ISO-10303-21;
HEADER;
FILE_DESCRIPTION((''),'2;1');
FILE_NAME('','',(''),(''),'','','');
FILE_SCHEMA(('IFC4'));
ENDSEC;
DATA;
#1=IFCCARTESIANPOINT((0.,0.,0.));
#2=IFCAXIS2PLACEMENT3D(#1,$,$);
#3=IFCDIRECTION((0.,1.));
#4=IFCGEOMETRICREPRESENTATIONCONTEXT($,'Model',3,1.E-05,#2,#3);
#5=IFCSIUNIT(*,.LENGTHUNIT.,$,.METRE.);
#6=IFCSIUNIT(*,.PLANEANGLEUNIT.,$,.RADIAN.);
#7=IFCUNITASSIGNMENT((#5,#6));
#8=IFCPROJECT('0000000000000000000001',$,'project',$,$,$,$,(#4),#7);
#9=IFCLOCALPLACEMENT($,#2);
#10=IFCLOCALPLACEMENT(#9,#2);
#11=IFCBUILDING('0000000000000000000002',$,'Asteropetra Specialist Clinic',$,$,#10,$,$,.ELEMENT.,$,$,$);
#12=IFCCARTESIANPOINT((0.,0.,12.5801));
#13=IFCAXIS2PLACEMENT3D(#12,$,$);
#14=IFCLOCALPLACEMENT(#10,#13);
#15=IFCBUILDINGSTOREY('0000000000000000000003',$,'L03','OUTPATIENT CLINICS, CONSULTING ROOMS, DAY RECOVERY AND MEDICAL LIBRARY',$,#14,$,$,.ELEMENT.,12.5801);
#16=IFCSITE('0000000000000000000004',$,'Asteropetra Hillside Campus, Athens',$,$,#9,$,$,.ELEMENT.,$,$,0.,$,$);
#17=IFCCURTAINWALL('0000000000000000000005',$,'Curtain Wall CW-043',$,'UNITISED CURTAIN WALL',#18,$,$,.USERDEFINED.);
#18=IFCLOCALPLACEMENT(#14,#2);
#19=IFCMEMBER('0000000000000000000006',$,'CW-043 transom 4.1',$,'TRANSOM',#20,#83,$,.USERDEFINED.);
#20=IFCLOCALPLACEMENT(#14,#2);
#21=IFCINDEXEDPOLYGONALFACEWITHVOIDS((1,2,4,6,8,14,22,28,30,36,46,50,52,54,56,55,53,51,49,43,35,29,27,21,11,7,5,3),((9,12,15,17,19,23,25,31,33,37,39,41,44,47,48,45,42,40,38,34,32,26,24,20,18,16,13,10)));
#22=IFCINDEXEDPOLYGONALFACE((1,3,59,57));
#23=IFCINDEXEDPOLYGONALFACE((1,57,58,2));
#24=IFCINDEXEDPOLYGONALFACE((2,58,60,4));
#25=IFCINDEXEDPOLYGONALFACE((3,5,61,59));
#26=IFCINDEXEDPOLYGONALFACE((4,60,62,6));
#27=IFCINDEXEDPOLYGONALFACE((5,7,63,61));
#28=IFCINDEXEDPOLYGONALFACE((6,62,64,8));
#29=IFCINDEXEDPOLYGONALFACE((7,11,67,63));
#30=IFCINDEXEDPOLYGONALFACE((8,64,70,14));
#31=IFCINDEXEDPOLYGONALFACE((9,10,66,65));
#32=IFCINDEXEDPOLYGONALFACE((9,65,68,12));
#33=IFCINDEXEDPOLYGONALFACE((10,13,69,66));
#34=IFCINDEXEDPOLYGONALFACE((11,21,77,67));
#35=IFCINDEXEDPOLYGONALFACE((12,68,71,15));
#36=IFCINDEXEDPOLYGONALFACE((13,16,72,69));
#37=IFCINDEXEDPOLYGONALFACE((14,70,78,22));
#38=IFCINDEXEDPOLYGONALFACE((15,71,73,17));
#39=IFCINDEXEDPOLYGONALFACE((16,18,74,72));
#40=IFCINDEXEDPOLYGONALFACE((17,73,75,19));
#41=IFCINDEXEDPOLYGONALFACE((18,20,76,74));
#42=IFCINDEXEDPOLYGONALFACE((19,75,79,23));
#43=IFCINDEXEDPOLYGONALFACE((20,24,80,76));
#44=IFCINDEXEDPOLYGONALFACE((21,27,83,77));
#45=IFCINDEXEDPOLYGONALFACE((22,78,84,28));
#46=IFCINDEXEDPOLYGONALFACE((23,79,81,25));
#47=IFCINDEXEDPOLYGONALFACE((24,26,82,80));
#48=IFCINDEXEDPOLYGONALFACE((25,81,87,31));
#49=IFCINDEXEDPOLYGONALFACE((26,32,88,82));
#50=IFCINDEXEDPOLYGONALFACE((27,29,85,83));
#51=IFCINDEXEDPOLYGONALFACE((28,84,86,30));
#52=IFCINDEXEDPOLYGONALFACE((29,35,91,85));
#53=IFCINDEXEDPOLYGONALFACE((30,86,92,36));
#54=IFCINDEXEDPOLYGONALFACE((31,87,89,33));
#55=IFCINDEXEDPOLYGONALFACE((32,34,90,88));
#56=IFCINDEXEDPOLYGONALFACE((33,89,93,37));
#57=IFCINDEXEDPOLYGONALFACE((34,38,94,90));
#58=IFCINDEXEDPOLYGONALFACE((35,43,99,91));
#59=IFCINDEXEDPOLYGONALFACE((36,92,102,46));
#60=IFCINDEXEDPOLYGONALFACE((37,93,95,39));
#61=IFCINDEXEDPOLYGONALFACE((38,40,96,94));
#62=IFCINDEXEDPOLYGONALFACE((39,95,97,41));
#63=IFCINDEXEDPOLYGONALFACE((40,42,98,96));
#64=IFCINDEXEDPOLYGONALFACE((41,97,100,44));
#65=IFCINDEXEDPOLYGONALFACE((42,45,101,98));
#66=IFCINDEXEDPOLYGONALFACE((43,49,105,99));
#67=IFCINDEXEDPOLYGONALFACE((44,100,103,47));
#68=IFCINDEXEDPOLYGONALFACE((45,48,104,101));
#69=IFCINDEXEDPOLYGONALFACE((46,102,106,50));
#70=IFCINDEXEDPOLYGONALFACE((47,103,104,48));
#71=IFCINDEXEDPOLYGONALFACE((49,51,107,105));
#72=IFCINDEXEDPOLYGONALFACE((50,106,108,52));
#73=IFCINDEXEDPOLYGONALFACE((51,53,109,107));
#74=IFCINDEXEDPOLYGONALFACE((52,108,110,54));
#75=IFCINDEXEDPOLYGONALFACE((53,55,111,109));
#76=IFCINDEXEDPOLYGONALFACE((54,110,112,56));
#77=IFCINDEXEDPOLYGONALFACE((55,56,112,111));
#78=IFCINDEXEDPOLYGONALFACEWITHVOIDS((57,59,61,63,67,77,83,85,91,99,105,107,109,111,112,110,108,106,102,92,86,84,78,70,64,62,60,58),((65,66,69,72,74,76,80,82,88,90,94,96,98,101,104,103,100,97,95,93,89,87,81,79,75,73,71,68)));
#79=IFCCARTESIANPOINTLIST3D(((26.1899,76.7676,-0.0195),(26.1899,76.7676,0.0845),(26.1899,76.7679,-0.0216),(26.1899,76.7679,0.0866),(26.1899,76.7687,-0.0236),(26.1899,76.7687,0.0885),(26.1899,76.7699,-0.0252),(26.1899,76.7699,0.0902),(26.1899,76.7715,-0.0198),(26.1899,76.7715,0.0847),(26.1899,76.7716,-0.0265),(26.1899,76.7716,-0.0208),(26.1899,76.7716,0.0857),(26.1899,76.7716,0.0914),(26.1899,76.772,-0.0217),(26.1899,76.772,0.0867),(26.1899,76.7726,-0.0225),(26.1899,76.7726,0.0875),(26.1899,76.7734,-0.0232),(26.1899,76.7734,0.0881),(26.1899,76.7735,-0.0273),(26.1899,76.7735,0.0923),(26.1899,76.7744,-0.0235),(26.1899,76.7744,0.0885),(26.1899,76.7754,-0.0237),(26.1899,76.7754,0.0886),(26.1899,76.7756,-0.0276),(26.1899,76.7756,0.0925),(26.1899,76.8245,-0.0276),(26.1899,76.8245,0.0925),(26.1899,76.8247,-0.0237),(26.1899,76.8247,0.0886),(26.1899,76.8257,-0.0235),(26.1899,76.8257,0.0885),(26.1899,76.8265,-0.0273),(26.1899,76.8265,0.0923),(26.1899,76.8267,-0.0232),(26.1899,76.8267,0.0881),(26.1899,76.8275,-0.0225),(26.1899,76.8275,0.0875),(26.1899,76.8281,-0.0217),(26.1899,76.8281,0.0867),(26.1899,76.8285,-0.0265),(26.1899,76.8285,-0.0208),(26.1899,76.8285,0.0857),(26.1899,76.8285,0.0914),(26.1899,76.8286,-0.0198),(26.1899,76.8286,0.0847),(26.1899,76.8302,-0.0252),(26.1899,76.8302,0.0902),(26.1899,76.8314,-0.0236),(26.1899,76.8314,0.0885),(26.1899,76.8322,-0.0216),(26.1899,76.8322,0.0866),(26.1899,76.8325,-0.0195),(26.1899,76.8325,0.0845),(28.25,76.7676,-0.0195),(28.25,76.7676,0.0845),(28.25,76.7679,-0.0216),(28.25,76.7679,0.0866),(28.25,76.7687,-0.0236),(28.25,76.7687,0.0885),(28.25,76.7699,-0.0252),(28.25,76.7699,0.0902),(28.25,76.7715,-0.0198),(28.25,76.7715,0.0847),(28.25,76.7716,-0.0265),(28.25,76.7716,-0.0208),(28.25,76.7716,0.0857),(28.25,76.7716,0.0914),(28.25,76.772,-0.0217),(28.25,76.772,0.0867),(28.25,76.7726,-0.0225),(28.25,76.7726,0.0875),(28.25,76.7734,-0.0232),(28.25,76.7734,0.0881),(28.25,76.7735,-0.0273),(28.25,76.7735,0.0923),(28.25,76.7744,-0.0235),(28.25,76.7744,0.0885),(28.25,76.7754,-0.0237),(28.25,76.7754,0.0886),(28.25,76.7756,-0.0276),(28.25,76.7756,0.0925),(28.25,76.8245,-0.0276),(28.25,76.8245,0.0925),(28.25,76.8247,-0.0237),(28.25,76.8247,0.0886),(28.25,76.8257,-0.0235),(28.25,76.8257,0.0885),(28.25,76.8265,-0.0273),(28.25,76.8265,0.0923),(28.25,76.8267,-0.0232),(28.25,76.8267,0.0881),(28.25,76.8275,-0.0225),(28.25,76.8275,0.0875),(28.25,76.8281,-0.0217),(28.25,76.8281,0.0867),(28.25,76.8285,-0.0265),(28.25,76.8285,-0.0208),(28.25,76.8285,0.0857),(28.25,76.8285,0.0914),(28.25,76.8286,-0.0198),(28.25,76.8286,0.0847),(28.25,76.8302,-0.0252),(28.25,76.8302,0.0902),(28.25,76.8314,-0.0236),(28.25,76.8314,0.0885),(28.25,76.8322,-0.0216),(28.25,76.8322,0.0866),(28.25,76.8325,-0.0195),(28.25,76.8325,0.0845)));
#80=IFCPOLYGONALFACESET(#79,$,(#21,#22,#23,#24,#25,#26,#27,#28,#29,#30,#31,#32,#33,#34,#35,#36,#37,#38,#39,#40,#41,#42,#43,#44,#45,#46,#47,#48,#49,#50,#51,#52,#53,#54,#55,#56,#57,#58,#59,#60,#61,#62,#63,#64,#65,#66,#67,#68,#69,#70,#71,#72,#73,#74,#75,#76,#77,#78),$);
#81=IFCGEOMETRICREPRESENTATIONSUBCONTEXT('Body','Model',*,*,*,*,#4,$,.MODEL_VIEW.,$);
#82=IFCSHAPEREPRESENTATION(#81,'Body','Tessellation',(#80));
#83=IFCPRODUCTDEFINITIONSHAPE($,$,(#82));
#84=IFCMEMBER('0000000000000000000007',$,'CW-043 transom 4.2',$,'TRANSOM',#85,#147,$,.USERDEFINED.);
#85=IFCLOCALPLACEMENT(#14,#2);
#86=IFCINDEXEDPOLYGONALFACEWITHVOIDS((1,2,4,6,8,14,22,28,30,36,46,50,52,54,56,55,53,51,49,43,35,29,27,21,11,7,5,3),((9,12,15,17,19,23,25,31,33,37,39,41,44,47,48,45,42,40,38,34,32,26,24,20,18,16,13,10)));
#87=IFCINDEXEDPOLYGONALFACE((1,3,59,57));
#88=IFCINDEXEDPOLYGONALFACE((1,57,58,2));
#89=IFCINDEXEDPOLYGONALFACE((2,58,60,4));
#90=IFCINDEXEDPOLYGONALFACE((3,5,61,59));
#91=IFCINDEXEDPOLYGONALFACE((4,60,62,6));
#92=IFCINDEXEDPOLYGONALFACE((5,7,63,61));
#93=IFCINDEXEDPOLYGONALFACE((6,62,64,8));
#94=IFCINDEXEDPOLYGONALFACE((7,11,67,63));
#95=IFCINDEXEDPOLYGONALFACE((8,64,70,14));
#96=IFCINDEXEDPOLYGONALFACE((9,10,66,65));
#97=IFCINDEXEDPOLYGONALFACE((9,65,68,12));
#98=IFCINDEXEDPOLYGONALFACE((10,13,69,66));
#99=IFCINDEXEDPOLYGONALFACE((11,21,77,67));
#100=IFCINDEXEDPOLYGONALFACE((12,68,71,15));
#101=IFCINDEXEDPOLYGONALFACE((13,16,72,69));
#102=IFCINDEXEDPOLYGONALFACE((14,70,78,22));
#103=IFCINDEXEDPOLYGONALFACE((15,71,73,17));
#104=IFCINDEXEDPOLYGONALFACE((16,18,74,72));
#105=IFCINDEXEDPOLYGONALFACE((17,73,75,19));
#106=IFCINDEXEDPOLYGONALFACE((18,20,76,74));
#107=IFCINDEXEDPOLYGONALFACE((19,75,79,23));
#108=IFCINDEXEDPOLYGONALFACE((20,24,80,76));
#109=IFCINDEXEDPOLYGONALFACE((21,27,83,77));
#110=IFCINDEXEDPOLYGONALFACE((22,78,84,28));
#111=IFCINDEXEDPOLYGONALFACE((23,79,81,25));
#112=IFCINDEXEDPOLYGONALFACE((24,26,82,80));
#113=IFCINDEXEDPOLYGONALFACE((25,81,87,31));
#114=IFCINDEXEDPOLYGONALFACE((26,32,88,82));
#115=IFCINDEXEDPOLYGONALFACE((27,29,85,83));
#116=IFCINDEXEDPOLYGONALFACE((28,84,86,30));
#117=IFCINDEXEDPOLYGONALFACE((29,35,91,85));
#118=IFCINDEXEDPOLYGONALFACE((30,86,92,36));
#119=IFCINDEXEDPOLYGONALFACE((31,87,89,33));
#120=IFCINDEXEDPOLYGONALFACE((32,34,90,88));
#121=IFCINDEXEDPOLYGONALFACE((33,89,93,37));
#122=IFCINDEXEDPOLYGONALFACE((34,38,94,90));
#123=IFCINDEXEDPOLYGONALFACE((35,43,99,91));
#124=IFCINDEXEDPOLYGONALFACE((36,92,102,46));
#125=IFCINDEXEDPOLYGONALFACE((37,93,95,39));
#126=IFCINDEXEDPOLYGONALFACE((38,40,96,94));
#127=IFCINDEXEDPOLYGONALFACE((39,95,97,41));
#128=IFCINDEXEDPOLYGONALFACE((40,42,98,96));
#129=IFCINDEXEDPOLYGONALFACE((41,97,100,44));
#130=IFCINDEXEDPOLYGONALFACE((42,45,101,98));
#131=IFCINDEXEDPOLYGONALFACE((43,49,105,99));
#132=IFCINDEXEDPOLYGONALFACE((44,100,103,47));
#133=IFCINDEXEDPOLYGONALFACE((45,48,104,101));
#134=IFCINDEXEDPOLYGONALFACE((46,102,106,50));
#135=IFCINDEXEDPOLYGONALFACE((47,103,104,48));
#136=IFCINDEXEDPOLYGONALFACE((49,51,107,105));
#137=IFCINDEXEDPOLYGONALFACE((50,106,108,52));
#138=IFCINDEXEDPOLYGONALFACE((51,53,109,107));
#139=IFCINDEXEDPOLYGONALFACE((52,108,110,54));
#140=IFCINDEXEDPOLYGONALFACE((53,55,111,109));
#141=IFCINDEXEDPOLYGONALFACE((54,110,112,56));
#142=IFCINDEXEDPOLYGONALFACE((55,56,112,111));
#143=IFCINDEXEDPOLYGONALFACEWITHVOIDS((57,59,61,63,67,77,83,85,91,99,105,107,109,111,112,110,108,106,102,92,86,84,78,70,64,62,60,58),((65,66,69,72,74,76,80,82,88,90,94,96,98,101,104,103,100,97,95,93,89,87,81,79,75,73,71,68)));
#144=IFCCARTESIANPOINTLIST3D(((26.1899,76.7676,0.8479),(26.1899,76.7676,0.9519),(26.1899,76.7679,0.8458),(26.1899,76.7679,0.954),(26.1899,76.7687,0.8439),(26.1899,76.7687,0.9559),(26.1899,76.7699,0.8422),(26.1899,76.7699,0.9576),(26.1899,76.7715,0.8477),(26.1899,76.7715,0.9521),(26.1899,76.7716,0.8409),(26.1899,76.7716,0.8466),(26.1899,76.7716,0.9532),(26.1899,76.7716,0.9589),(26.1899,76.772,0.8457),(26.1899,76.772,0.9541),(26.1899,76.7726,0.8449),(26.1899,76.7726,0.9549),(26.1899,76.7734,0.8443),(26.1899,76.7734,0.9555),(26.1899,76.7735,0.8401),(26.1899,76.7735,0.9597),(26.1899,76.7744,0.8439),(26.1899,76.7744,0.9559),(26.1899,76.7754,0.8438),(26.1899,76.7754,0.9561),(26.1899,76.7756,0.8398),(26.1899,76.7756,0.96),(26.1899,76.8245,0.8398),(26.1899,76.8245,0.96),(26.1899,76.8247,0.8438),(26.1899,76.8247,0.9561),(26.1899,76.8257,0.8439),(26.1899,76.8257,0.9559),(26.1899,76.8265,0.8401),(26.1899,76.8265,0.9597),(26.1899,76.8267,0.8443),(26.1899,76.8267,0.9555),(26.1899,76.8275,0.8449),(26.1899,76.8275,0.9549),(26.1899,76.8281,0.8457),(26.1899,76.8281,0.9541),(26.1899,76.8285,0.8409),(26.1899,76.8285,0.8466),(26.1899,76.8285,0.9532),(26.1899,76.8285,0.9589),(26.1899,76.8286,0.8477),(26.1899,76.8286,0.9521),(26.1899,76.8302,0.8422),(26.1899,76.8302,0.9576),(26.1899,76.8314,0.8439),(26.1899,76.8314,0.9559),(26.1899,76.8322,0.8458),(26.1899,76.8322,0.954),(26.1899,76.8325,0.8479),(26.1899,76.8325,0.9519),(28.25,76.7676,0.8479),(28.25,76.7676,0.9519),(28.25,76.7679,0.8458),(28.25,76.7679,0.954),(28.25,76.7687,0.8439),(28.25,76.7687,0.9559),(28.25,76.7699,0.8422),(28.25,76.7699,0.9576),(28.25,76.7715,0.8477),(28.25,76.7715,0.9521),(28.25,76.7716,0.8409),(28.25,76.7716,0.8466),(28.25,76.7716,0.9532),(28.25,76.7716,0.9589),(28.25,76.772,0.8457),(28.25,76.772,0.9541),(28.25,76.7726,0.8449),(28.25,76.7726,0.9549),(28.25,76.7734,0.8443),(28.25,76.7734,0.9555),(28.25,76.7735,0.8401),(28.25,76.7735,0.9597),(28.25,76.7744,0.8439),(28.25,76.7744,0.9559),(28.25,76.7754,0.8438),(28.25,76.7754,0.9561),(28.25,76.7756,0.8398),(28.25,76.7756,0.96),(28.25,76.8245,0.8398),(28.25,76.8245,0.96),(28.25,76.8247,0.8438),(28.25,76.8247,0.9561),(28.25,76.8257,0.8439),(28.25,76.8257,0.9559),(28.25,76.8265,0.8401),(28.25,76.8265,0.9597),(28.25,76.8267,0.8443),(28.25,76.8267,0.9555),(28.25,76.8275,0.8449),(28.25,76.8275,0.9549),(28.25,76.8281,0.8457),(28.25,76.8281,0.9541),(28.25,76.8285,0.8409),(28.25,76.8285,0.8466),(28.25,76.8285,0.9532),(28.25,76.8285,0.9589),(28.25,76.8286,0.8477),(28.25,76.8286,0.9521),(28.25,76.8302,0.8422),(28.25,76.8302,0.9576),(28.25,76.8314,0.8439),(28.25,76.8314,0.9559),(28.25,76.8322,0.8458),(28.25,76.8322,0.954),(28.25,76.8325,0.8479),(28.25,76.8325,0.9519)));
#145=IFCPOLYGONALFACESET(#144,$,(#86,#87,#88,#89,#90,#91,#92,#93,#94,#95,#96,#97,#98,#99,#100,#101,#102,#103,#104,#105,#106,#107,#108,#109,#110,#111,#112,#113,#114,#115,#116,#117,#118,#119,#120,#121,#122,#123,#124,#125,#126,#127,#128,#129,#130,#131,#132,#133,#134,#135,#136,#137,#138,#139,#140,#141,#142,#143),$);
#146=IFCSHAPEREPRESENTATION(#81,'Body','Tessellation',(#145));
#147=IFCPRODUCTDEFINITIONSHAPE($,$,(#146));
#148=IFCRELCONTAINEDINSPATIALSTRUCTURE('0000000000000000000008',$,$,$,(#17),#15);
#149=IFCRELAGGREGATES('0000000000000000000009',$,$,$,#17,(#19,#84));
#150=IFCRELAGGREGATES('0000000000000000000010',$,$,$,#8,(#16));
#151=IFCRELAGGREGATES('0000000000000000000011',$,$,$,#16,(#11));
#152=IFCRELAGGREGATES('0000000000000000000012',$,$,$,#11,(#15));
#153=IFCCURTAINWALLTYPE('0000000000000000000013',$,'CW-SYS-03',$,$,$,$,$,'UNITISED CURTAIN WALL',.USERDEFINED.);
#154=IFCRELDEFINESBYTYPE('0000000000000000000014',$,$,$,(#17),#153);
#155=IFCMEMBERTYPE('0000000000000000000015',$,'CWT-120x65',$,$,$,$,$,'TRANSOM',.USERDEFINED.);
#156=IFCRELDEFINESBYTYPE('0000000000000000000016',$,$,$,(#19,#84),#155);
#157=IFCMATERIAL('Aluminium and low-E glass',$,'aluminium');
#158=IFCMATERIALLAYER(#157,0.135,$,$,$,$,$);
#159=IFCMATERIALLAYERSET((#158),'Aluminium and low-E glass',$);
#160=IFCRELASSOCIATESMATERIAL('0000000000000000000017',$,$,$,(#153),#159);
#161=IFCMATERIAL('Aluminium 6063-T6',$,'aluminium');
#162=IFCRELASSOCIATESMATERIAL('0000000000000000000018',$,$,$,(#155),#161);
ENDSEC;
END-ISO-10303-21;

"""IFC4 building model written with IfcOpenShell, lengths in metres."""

from ifc_helpers import new_model, si_unit, direction, frame, origin, origin_2d, place, context, subcontext, project, spatial, hollow_rectangle, extrude, material, layer, layer_set, material_profile, profile_set, type_object, element, aggregate, save


model = new_model("IFC4")

# Units and contexts
model_context = context("Model", 3, precision=1e-05, world=origin(), true_north=direction((0.0, 1.0)))
body_context = subcontext(model_context, "Body", "Model", "MODEL_VIEW")
ifc_project = project(units=[si_unit("LENGTHUNIT", "METRE"), si_unit("PLANEANGLEUNIT", "RADIAN")], contexts=[model_context])

# Site, building, storey
site_placement = place(None, origin())
site = spatial("IfcSite", under=ifc_project, at=site_placement, Name="Asteropetra Hillside Campus, Athens", CompositionType="ELEMENT", RefElevation=0.0)
building_placement = place(site_placement, origin())
building = spatial("IfcBuilding", under=site, at=building_placement, Name="Asteropetra Specialist Clinic", CompositionType="ELEMENT")
storey_placement = place(building_placement, frame((0.0, 0.0, 12.5801)))
storey = spatial("IfcBuildingStorey", under=building, at=storey_placement, Name="L03", Description="OUTPATIENT CLINICS, CONSULTING ROOMS, DAY RECOVERY AND MEDICAL LIBRARY", CompositionType="ELEMENT", Elevation=12.5801)

# Curtain wall
ifc_material_1 = material(Name="Aluminium and low-E glass", Category="aluminium")
ifc_layer_1 = layer(ifc_material_1, 0.135)
ifc_layer_set_1 = layer_set([ifc_layer_1], Name="Aluminium and low-E glass")
curtain_wall_type_1 = type_object("IfcCurtainWallType", Name="CW-SYS-03", ElementType="UNITISED CURTAIN WALL", PredefinedType="USERDEFINED", material=ifc_layer_set_1)
curtain_wall_1_placement = place(storey_placement, origin())
curtain_wall_1 = element("IfcCurtainWall", 1, at=curtain_wall_1_placement, inside=storey, type_object=curtain_wall_type_1, Name="Curtain Wall CW-043", ObjectType="UNITISED CURTAIN WALL", PredefinedType="USERDEFINED")

# Members
ifc_material_2 = material(Name="Aluminium 6063-T6", Category="aluminium")
ifc_material_profile_1 = material_profile(ifc_material_2, hollow_rectangle(XDim=0.0649, YDim=0.1201, WallThickness=0.0039, InnerFilletRadius=0.0039, OuterFilletRadius=0.0081, at=origin_2d()), Name="TRN 120x65x4.0")
ifc_profile_set_1 = profile_set([ifc_material_profile_1], Name="Aluminium 6063-T6")
member_type_1 = type_object("IfcMemberType", Name="CWT-120x65", ElementType="TRANSOM", PredefinedType="USERDEFINED", material=ifc_profile_set_1)
member_1_placement = place(storey_placement, frame((26.1899, 76.8, 0.0325), z_axis=(1.0, 0.0, 0.0), x_axis=(0.0, 1.0, 0.0)))
member_1 = element("IfcMember", 2, at=member_1_placement, type_object=member_type_1, Name="CW-043 transom 4.1", ObjectType="TRANSOM", PredefinedType="USERDEFINED", context=body_context, shape_type="SweptSolid", body=[
    extrude(hollow_rectangle(XDim=0.0649, YDim=0.1201, WallThickness=0.0039, InnerFilletRadius=0.0039, OuterFilletRadius=0.0081, at=origin_2d()), origin(), (0.0, 0.0, 1.0), 2.0601),
])
member_2_placement = place(storey_placement, frame((26.1899, 76.8, 0.8999), z_axis=(1.0, 0.0, 0.0), x_axis=(0.0, 1.0, 0.0)))
member_2 = element("IfcMember", 3, at=member_2_placement, type_object=member_type_1, Name="CW-043 transom 4.2", ObjectType="TRANSOM", PredefinedType="USERDEFINED", context=body_context, shape_type="SweptSolid", body=[
    extrude(hollow_rectangle(XDim=0.0649, YDim=0.1201, WallThickness=0.0039, InnerFilletRadius=0.0039, OuterFilletRadius=0.0081, at=origin_2d()), origin(), (0.0, 0.0, 1.0), 2.0601),
])

aggregate(curtain_wall_1, [member_1, member_2])

save(model, "model.ifc")
